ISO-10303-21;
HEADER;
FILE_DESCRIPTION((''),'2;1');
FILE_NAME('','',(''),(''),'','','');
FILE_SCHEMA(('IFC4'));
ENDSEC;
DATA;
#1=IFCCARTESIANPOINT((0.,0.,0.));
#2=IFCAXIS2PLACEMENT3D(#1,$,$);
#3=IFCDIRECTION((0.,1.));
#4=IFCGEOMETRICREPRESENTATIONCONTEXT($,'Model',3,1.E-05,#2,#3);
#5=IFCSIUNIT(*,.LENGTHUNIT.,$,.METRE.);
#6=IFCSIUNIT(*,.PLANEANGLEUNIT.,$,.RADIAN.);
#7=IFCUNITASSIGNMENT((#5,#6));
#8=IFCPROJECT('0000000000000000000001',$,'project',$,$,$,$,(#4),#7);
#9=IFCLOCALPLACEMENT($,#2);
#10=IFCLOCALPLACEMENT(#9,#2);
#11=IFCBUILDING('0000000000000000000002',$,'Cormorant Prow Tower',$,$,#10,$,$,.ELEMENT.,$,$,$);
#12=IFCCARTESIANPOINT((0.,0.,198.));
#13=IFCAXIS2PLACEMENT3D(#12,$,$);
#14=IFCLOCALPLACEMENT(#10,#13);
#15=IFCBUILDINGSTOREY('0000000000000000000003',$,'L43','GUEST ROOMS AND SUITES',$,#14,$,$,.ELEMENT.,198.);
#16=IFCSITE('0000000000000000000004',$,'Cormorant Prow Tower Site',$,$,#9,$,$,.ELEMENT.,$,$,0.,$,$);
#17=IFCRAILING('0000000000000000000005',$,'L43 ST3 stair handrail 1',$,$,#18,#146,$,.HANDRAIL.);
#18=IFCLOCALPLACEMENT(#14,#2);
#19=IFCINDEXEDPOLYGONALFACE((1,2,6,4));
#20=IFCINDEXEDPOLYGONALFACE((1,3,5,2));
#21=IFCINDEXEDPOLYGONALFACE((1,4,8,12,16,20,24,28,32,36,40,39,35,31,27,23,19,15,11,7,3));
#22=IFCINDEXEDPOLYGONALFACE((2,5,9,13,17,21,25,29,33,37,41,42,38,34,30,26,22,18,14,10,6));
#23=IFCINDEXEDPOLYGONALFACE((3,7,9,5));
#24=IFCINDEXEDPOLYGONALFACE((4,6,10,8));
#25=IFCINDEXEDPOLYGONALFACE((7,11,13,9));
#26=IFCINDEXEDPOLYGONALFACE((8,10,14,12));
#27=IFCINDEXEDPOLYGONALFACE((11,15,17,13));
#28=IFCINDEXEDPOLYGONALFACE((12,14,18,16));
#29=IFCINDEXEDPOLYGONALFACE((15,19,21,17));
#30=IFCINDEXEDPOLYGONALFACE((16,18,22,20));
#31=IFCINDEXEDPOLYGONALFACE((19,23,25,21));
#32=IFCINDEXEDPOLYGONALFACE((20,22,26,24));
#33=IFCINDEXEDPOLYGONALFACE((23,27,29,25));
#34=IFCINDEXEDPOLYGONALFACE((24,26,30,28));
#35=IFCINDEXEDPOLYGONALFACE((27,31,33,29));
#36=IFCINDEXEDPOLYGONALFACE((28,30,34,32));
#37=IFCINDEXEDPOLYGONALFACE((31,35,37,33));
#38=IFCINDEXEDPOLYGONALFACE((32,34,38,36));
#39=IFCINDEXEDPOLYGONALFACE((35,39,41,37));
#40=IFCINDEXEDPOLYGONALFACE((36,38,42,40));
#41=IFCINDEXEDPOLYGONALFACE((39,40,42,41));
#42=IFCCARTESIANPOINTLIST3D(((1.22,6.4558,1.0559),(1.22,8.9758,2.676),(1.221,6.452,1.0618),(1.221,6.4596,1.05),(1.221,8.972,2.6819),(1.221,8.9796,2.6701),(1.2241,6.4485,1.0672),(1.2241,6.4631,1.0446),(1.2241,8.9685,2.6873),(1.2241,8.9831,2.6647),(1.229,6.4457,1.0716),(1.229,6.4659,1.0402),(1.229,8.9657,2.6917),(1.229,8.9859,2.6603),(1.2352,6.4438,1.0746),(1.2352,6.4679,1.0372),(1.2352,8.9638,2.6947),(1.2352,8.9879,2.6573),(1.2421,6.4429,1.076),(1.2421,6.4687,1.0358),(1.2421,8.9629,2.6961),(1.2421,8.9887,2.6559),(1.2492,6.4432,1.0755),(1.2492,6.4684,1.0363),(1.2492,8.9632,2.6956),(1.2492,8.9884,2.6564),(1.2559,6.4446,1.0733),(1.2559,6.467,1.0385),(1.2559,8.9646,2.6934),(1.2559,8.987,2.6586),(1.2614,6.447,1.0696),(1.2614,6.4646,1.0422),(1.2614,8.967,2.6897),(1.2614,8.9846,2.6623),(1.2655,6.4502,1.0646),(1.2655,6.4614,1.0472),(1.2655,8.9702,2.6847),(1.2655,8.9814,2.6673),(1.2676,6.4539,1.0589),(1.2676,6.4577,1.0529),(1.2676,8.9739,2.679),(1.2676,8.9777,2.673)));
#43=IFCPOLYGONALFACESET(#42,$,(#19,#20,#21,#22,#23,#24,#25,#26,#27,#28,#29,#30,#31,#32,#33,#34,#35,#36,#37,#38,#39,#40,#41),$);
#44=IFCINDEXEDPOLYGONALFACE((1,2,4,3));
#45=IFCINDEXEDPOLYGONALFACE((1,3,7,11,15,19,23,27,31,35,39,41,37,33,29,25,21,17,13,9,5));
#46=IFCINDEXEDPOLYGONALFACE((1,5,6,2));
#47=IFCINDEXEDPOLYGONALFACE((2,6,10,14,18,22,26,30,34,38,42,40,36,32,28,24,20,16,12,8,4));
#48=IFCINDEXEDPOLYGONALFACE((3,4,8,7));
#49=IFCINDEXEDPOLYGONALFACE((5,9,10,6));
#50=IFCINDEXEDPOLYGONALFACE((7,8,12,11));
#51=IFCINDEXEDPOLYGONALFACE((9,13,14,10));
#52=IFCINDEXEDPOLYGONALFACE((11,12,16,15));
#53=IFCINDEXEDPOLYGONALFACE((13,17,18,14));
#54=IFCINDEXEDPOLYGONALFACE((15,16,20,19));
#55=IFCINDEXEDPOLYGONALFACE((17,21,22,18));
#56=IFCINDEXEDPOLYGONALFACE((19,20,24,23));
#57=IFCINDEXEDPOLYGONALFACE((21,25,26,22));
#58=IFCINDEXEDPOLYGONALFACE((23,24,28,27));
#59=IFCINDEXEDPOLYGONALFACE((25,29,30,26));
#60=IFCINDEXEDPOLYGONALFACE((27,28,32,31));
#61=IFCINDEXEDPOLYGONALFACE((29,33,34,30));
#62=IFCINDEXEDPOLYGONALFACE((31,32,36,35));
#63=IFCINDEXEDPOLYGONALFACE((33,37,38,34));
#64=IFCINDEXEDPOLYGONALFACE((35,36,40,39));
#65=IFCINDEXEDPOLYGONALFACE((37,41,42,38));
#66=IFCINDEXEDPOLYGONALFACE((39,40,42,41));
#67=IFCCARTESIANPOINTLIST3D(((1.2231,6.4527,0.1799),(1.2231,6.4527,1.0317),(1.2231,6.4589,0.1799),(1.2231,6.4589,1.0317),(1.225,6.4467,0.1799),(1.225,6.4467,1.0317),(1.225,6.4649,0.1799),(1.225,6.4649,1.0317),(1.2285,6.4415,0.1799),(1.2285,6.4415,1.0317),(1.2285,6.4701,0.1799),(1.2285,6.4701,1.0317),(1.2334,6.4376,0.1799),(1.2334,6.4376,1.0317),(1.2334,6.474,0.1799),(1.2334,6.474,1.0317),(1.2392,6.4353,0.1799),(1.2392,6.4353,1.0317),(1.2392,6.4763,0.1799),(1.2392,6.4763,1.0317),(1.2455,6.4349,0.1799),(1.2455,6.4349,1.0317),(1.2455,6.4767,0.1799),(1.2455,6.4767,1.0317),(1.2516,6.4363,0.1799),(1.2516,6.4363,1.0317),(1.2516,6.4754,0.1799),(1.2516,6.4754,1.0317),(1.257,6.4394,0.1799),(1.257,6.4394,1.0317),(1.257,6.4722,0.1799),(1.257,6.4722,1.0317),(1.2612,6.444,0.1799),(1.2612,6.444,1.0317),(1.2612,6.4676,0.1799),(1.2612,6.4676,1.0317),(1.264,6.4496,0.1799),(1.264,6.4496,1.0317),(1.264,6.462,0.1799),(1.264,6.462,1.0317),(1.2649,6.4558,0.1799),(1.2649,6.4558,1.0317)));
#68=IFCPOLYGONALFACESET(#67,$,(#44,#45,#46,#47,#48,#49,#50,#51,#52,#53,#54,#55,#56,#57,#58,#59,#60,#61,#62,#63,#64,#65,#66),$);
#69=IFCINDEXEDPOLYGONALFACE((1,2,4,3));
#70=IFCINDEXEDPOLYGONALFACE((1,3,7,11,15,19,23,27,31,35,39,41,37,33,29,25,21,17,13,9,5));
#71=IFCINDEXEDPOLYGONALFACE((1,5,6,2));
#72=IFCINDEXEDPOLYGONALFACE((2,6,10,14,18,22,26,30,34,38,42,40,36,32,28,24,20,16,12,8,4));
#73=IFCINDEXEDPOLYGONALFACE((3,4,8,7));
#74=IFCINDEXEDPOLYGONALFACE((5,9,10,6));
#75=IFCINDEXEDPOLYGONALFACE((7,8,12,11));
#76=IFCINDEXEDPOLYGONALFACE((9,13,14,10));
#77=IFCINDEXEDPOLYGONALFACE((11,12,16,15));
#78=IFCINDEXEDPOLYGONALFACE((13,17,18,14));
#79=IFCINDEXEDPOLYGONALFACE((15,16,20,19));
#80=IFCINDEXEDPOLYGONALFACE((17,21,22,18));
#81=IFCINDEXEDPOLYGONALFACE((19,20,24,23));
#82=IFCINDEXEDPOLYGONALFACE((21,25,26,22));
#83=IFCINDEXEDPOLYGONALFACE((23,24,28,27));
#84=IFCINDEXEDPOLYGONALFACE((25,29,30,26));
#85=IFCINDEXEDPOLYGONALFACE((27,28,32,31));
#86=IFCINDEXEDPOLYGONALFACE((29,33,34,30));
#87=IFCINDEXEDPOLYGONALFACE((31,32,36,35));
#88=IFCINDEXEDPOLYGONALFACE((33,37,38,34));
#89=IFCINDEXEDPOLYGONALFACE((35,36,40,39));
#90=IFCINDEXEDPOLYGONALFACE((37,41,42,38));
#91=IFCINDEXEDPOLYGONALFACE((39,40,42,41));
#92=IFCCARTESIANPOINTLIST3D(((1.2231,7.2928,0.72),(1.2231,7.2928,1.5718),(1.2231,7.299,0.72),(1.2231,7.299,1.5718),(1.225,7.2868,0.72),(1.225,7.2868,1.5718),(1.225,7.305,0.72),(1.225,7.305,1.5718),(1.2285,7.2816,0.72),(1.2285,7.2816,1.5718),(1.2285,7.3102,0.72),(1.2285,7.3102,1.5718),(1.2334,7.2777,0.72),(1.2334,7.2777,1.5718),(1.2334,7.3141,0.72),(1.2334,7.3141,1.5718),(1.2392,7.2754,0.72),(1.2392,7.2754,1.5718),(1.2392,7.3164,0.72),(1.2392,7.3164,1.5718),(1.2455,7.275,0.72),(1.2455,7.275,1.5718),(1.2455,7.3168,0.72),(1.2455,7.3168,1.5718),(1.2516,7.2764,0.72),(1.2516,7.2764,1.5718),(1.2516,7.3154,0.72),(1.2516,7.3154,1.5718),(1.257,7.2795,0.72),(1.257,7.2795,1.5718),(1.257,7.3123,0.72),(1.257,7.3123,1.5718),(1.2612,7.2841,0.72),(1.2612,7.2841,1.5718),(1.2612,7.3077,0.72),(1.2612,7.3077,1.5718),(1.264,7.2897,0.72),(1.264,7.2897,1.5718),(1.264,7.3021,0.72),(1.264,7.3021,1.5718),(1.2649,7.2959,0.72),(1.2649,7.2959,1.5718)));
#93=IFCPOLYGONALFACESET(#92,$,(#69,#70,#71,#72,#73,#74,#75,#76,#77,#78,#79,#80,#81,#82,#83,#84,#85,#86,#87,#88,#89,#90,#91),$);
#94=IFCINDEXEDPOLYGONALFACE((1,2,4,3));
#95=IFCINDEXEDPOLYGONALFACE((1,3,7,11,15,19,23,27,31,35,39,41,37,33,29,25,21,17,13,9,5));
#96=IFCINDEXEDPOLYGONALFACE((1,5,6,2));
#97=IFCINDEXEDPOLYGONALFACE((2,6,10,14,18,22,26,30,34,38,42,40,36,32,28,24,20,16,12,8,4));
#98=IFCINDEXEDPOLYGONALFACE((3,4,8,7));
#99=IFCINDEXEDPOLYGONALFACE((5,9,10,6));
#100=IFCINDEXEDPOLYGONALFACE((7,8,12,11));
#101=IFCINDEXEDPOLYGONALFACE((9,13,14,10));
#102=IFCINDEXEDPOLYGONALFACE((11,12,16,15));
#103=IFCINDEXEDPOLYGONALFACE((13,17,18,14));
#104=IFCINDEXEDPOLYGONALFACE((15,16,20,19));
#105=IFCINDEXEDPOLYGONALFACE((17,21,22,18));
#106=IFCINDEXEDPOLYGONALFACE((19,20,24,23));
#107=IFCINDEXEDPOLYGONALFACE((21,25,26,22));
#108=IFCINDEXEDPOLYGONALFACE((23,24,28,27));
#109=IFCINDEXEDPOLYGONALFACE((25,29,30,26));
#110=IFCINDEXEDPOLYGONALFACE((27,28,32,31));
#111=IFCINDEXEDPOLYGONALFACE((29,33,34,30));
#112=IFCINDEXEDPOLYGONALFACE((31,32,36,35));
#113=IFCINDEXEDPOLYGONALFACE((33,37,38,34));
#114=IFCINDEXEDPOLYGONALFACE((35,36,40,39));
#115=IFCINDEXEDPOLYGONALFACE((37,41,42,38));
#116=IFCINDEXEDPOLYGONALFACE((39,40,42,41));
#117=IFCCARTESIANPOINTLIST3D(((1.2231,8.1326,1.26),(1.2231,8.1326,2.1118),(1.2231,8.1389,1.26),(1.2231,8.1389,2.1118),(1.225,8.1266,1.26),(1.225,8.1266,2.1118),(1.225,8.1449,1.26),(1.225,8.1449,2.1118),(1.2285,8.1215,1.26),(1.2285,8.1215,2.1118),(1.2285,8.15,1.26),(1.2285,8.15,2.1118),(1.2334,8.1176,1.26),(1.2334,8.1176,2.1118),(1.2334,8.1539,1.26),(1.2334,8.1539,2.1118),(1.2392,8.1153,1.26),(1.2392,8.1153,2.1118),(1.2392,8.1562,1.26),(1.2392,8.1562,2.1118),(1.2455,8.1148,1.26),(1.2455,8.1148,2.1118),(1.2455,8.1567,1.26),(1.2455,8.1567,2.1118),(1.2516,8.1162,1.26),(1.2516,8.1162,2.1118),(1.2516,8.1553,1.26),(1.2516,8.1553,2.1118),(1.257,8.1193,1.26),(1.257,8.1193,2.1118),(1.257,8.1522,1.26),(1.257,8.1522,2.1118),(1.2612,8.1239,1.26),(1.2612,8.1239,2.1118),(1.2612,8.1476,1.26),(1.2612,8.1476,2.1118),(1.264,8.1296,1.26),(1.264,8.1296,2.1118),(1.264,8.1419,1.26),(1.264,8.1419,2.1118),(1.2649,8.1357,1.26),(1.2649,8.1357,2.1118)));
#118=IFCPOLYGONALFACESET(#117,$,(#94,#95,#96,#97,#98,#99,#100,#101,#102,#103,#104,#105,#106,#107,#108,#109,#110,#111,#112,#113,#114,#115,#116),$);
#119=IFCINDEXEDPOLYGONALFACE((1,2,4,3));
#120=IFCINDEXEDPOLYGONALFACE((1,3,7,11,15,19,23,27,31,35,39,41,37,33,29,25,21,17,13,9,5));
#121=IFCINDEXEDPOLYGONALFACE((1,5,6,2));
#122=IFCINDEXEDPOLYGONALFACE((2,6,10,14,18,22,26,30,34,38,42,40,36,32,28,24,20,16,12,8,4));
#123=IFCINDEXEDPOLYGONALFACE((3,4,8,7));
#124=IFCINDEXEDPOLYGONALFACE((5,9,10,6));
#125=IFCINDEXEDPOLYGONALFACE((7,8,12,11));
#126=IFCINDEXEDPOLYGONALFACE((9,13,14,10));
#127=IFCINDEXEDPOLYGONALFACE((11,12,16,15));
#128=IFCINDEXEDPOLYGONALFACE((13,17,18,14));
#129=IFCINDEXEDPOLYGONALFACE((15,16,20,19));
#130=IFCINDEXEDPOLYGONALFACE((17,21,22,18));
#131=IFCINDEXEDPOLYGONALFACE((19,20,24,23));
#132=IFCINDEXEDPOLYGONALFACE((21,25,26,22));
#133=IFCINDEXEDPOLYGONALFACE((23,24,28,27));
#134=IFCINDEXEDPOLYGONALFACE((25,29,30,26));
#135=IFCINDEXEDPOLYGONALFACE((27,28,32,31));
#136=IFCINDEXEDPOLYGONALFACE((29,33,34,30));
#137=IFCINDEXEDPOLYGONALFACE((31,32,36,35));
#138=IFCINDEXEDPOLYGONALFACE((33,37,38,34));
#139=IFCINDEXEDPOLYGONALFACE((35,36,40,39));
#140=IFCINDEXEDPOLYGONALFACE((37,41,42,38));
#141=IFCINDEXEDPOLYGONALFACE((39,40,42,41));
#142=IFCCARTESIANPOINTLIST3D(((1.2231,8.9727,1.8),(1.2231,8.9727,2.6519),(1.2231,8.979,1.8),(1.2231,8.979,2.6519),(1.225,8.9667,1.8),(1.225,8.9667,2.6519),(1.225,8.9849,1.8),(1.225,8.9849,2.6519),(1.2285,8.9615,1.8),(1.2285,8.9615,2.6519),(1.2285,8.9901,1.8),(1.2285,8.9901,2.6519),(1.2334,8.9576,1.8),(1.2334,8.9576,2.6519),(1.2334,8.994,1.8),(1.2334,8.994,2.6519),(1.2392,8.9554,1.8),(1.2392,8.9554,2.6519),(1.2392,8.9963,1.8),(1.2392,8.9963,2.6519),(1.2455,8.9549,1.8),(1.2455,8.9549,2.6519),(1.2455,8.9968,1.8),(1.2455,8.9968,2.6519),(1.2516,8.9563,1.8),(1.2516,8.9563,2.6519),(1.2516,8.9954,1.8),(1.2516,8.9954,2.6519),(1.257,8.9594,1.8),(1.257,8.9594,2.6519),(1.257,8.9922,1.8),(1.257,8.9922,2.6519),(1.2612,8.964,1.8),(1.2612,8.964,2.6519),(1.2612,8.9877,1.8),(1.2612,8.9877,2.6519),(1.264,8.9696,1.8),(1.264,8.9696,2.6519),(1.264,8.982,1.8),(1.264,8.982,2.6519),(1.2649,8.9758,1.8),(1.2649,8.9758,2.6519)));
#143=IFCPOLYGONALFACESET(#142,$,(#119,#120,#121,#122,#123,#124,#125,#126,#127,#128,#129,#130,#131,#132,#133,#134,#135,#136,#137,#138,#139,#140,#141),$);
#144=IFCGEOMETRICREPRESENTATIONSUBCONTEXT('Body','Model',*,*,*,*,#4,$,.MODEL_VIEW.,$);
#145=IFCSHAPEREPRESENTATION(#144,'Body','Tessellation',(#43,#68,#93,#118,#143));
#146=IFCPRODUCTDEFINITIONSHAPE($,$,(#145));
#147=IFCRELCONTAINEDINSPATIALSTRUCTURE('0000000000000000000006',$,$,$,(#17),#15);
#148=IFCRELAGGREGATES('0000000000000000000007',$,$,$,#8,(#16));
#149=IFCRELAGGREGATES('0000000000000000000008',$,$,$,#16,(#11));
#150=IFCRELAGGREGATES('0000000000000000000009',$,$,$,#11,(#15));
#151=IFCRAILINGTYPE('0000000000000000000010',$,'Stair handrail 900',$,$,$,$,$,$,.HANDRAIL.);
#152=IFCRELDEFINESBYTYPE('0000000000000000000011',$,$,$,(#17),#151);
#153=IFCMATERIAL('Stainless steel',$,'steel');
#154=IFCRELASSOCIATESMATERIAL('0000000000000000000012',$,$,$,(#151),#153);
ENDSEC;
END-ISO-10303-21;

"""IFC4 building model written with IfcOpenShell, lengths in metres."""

from ifc_helpers import new_model, si_unit, direction, frame, origin, origin_2d, place, context, subcontext, project, spatial, circle, extrude, material, type_object, element, save


model = new_model("IFC4")

# Units and contexts
model_context = context("Model", 3, precision=1e-05, world=origin(), true_north=direction((0.0, 1.0)))
body_context = subcontext(model_context, "Body", "Model", "MODEL_VIEW")
ifc_project = project(units=[si_unit("LENGTHUNIT", "METRE"), si_unit("PLANEANGLEUNIT", "RADIAN")], contexts=[model_context])

# Site, building, storey
site_placement = place(None, origin())
site = spatial("IfcSite", under=ifc_project, at=site_placement, Name="Cormorant Prow Tower Site", CompositionType="ELEMENT", RefElevation=0.0)
building_placement = place(site_placement, origin())
building = spatial("IfcBuilding", under=site, at=building_placement, Name="Cormorant Prow Tower", CompositionType="ELEMENT")
storey_placement = place(building_placement, frame((0.0, 0.0, 198.0)))
storey = spatial("IfcBuildingStorey", under=building, at=storey_placement, Name="L43", Description="GUEST ROOMS AND SUITES", CompositionType="ELEMENT", Elevation=198.0)

# Railing
ifc_material_1 = material(Name="Stainless steel", Category="steel")
railing_type_1 = type_object("IfcRailingType", Name="Stair handrail 900", PredefinedType="HANDRAIL", material=ifc_material_1)
railing_1_placement = place(storey_placement, frame((1.2439, 6.4558, 0.1799)))
element("IfcRailing", 1, at=railing_1_placement, inside=storey, type_object=railing_type_1, Name="L43 ST3 stair handrail 1", PredefinedType="HANDRAIL", context=body_context, shape_type="SweptSolid", body=[
    extrude(circle(Radius=0.0239, at=origin_2d()), frame((0.0, 0.0, 0.876), z_axis=(0.0, 0.841163, 0.540782), x_axis=(-1.0, 0.0, 0.0)), (0.0, 0.0, 1.0), 2.9958),
    extrude(circle(Radius=0.021, at=origin_2d()), origin(), (0.0, 0.0, 1.0), 0.8518),
    extrude(circle(Radius=0.021, at=origin_2d()), frame((0.0, 0.8401, 0.54)), (0.0, 0.0, 1.0), 0.8518),
    extrude(circle(Radius=0.021, at=origin_2d()), frame((0.0, 1.6799, 1.0801)), (0.0, 0.0, 1.0), 0.8518),
    extrude(circle(Radius=0.021, at=origin_2d()), frame((0.0, 2.52, 1.6201)), (0.0, 0.0, 1.0), 0.8518),
])

save(model, "model.ifc")
